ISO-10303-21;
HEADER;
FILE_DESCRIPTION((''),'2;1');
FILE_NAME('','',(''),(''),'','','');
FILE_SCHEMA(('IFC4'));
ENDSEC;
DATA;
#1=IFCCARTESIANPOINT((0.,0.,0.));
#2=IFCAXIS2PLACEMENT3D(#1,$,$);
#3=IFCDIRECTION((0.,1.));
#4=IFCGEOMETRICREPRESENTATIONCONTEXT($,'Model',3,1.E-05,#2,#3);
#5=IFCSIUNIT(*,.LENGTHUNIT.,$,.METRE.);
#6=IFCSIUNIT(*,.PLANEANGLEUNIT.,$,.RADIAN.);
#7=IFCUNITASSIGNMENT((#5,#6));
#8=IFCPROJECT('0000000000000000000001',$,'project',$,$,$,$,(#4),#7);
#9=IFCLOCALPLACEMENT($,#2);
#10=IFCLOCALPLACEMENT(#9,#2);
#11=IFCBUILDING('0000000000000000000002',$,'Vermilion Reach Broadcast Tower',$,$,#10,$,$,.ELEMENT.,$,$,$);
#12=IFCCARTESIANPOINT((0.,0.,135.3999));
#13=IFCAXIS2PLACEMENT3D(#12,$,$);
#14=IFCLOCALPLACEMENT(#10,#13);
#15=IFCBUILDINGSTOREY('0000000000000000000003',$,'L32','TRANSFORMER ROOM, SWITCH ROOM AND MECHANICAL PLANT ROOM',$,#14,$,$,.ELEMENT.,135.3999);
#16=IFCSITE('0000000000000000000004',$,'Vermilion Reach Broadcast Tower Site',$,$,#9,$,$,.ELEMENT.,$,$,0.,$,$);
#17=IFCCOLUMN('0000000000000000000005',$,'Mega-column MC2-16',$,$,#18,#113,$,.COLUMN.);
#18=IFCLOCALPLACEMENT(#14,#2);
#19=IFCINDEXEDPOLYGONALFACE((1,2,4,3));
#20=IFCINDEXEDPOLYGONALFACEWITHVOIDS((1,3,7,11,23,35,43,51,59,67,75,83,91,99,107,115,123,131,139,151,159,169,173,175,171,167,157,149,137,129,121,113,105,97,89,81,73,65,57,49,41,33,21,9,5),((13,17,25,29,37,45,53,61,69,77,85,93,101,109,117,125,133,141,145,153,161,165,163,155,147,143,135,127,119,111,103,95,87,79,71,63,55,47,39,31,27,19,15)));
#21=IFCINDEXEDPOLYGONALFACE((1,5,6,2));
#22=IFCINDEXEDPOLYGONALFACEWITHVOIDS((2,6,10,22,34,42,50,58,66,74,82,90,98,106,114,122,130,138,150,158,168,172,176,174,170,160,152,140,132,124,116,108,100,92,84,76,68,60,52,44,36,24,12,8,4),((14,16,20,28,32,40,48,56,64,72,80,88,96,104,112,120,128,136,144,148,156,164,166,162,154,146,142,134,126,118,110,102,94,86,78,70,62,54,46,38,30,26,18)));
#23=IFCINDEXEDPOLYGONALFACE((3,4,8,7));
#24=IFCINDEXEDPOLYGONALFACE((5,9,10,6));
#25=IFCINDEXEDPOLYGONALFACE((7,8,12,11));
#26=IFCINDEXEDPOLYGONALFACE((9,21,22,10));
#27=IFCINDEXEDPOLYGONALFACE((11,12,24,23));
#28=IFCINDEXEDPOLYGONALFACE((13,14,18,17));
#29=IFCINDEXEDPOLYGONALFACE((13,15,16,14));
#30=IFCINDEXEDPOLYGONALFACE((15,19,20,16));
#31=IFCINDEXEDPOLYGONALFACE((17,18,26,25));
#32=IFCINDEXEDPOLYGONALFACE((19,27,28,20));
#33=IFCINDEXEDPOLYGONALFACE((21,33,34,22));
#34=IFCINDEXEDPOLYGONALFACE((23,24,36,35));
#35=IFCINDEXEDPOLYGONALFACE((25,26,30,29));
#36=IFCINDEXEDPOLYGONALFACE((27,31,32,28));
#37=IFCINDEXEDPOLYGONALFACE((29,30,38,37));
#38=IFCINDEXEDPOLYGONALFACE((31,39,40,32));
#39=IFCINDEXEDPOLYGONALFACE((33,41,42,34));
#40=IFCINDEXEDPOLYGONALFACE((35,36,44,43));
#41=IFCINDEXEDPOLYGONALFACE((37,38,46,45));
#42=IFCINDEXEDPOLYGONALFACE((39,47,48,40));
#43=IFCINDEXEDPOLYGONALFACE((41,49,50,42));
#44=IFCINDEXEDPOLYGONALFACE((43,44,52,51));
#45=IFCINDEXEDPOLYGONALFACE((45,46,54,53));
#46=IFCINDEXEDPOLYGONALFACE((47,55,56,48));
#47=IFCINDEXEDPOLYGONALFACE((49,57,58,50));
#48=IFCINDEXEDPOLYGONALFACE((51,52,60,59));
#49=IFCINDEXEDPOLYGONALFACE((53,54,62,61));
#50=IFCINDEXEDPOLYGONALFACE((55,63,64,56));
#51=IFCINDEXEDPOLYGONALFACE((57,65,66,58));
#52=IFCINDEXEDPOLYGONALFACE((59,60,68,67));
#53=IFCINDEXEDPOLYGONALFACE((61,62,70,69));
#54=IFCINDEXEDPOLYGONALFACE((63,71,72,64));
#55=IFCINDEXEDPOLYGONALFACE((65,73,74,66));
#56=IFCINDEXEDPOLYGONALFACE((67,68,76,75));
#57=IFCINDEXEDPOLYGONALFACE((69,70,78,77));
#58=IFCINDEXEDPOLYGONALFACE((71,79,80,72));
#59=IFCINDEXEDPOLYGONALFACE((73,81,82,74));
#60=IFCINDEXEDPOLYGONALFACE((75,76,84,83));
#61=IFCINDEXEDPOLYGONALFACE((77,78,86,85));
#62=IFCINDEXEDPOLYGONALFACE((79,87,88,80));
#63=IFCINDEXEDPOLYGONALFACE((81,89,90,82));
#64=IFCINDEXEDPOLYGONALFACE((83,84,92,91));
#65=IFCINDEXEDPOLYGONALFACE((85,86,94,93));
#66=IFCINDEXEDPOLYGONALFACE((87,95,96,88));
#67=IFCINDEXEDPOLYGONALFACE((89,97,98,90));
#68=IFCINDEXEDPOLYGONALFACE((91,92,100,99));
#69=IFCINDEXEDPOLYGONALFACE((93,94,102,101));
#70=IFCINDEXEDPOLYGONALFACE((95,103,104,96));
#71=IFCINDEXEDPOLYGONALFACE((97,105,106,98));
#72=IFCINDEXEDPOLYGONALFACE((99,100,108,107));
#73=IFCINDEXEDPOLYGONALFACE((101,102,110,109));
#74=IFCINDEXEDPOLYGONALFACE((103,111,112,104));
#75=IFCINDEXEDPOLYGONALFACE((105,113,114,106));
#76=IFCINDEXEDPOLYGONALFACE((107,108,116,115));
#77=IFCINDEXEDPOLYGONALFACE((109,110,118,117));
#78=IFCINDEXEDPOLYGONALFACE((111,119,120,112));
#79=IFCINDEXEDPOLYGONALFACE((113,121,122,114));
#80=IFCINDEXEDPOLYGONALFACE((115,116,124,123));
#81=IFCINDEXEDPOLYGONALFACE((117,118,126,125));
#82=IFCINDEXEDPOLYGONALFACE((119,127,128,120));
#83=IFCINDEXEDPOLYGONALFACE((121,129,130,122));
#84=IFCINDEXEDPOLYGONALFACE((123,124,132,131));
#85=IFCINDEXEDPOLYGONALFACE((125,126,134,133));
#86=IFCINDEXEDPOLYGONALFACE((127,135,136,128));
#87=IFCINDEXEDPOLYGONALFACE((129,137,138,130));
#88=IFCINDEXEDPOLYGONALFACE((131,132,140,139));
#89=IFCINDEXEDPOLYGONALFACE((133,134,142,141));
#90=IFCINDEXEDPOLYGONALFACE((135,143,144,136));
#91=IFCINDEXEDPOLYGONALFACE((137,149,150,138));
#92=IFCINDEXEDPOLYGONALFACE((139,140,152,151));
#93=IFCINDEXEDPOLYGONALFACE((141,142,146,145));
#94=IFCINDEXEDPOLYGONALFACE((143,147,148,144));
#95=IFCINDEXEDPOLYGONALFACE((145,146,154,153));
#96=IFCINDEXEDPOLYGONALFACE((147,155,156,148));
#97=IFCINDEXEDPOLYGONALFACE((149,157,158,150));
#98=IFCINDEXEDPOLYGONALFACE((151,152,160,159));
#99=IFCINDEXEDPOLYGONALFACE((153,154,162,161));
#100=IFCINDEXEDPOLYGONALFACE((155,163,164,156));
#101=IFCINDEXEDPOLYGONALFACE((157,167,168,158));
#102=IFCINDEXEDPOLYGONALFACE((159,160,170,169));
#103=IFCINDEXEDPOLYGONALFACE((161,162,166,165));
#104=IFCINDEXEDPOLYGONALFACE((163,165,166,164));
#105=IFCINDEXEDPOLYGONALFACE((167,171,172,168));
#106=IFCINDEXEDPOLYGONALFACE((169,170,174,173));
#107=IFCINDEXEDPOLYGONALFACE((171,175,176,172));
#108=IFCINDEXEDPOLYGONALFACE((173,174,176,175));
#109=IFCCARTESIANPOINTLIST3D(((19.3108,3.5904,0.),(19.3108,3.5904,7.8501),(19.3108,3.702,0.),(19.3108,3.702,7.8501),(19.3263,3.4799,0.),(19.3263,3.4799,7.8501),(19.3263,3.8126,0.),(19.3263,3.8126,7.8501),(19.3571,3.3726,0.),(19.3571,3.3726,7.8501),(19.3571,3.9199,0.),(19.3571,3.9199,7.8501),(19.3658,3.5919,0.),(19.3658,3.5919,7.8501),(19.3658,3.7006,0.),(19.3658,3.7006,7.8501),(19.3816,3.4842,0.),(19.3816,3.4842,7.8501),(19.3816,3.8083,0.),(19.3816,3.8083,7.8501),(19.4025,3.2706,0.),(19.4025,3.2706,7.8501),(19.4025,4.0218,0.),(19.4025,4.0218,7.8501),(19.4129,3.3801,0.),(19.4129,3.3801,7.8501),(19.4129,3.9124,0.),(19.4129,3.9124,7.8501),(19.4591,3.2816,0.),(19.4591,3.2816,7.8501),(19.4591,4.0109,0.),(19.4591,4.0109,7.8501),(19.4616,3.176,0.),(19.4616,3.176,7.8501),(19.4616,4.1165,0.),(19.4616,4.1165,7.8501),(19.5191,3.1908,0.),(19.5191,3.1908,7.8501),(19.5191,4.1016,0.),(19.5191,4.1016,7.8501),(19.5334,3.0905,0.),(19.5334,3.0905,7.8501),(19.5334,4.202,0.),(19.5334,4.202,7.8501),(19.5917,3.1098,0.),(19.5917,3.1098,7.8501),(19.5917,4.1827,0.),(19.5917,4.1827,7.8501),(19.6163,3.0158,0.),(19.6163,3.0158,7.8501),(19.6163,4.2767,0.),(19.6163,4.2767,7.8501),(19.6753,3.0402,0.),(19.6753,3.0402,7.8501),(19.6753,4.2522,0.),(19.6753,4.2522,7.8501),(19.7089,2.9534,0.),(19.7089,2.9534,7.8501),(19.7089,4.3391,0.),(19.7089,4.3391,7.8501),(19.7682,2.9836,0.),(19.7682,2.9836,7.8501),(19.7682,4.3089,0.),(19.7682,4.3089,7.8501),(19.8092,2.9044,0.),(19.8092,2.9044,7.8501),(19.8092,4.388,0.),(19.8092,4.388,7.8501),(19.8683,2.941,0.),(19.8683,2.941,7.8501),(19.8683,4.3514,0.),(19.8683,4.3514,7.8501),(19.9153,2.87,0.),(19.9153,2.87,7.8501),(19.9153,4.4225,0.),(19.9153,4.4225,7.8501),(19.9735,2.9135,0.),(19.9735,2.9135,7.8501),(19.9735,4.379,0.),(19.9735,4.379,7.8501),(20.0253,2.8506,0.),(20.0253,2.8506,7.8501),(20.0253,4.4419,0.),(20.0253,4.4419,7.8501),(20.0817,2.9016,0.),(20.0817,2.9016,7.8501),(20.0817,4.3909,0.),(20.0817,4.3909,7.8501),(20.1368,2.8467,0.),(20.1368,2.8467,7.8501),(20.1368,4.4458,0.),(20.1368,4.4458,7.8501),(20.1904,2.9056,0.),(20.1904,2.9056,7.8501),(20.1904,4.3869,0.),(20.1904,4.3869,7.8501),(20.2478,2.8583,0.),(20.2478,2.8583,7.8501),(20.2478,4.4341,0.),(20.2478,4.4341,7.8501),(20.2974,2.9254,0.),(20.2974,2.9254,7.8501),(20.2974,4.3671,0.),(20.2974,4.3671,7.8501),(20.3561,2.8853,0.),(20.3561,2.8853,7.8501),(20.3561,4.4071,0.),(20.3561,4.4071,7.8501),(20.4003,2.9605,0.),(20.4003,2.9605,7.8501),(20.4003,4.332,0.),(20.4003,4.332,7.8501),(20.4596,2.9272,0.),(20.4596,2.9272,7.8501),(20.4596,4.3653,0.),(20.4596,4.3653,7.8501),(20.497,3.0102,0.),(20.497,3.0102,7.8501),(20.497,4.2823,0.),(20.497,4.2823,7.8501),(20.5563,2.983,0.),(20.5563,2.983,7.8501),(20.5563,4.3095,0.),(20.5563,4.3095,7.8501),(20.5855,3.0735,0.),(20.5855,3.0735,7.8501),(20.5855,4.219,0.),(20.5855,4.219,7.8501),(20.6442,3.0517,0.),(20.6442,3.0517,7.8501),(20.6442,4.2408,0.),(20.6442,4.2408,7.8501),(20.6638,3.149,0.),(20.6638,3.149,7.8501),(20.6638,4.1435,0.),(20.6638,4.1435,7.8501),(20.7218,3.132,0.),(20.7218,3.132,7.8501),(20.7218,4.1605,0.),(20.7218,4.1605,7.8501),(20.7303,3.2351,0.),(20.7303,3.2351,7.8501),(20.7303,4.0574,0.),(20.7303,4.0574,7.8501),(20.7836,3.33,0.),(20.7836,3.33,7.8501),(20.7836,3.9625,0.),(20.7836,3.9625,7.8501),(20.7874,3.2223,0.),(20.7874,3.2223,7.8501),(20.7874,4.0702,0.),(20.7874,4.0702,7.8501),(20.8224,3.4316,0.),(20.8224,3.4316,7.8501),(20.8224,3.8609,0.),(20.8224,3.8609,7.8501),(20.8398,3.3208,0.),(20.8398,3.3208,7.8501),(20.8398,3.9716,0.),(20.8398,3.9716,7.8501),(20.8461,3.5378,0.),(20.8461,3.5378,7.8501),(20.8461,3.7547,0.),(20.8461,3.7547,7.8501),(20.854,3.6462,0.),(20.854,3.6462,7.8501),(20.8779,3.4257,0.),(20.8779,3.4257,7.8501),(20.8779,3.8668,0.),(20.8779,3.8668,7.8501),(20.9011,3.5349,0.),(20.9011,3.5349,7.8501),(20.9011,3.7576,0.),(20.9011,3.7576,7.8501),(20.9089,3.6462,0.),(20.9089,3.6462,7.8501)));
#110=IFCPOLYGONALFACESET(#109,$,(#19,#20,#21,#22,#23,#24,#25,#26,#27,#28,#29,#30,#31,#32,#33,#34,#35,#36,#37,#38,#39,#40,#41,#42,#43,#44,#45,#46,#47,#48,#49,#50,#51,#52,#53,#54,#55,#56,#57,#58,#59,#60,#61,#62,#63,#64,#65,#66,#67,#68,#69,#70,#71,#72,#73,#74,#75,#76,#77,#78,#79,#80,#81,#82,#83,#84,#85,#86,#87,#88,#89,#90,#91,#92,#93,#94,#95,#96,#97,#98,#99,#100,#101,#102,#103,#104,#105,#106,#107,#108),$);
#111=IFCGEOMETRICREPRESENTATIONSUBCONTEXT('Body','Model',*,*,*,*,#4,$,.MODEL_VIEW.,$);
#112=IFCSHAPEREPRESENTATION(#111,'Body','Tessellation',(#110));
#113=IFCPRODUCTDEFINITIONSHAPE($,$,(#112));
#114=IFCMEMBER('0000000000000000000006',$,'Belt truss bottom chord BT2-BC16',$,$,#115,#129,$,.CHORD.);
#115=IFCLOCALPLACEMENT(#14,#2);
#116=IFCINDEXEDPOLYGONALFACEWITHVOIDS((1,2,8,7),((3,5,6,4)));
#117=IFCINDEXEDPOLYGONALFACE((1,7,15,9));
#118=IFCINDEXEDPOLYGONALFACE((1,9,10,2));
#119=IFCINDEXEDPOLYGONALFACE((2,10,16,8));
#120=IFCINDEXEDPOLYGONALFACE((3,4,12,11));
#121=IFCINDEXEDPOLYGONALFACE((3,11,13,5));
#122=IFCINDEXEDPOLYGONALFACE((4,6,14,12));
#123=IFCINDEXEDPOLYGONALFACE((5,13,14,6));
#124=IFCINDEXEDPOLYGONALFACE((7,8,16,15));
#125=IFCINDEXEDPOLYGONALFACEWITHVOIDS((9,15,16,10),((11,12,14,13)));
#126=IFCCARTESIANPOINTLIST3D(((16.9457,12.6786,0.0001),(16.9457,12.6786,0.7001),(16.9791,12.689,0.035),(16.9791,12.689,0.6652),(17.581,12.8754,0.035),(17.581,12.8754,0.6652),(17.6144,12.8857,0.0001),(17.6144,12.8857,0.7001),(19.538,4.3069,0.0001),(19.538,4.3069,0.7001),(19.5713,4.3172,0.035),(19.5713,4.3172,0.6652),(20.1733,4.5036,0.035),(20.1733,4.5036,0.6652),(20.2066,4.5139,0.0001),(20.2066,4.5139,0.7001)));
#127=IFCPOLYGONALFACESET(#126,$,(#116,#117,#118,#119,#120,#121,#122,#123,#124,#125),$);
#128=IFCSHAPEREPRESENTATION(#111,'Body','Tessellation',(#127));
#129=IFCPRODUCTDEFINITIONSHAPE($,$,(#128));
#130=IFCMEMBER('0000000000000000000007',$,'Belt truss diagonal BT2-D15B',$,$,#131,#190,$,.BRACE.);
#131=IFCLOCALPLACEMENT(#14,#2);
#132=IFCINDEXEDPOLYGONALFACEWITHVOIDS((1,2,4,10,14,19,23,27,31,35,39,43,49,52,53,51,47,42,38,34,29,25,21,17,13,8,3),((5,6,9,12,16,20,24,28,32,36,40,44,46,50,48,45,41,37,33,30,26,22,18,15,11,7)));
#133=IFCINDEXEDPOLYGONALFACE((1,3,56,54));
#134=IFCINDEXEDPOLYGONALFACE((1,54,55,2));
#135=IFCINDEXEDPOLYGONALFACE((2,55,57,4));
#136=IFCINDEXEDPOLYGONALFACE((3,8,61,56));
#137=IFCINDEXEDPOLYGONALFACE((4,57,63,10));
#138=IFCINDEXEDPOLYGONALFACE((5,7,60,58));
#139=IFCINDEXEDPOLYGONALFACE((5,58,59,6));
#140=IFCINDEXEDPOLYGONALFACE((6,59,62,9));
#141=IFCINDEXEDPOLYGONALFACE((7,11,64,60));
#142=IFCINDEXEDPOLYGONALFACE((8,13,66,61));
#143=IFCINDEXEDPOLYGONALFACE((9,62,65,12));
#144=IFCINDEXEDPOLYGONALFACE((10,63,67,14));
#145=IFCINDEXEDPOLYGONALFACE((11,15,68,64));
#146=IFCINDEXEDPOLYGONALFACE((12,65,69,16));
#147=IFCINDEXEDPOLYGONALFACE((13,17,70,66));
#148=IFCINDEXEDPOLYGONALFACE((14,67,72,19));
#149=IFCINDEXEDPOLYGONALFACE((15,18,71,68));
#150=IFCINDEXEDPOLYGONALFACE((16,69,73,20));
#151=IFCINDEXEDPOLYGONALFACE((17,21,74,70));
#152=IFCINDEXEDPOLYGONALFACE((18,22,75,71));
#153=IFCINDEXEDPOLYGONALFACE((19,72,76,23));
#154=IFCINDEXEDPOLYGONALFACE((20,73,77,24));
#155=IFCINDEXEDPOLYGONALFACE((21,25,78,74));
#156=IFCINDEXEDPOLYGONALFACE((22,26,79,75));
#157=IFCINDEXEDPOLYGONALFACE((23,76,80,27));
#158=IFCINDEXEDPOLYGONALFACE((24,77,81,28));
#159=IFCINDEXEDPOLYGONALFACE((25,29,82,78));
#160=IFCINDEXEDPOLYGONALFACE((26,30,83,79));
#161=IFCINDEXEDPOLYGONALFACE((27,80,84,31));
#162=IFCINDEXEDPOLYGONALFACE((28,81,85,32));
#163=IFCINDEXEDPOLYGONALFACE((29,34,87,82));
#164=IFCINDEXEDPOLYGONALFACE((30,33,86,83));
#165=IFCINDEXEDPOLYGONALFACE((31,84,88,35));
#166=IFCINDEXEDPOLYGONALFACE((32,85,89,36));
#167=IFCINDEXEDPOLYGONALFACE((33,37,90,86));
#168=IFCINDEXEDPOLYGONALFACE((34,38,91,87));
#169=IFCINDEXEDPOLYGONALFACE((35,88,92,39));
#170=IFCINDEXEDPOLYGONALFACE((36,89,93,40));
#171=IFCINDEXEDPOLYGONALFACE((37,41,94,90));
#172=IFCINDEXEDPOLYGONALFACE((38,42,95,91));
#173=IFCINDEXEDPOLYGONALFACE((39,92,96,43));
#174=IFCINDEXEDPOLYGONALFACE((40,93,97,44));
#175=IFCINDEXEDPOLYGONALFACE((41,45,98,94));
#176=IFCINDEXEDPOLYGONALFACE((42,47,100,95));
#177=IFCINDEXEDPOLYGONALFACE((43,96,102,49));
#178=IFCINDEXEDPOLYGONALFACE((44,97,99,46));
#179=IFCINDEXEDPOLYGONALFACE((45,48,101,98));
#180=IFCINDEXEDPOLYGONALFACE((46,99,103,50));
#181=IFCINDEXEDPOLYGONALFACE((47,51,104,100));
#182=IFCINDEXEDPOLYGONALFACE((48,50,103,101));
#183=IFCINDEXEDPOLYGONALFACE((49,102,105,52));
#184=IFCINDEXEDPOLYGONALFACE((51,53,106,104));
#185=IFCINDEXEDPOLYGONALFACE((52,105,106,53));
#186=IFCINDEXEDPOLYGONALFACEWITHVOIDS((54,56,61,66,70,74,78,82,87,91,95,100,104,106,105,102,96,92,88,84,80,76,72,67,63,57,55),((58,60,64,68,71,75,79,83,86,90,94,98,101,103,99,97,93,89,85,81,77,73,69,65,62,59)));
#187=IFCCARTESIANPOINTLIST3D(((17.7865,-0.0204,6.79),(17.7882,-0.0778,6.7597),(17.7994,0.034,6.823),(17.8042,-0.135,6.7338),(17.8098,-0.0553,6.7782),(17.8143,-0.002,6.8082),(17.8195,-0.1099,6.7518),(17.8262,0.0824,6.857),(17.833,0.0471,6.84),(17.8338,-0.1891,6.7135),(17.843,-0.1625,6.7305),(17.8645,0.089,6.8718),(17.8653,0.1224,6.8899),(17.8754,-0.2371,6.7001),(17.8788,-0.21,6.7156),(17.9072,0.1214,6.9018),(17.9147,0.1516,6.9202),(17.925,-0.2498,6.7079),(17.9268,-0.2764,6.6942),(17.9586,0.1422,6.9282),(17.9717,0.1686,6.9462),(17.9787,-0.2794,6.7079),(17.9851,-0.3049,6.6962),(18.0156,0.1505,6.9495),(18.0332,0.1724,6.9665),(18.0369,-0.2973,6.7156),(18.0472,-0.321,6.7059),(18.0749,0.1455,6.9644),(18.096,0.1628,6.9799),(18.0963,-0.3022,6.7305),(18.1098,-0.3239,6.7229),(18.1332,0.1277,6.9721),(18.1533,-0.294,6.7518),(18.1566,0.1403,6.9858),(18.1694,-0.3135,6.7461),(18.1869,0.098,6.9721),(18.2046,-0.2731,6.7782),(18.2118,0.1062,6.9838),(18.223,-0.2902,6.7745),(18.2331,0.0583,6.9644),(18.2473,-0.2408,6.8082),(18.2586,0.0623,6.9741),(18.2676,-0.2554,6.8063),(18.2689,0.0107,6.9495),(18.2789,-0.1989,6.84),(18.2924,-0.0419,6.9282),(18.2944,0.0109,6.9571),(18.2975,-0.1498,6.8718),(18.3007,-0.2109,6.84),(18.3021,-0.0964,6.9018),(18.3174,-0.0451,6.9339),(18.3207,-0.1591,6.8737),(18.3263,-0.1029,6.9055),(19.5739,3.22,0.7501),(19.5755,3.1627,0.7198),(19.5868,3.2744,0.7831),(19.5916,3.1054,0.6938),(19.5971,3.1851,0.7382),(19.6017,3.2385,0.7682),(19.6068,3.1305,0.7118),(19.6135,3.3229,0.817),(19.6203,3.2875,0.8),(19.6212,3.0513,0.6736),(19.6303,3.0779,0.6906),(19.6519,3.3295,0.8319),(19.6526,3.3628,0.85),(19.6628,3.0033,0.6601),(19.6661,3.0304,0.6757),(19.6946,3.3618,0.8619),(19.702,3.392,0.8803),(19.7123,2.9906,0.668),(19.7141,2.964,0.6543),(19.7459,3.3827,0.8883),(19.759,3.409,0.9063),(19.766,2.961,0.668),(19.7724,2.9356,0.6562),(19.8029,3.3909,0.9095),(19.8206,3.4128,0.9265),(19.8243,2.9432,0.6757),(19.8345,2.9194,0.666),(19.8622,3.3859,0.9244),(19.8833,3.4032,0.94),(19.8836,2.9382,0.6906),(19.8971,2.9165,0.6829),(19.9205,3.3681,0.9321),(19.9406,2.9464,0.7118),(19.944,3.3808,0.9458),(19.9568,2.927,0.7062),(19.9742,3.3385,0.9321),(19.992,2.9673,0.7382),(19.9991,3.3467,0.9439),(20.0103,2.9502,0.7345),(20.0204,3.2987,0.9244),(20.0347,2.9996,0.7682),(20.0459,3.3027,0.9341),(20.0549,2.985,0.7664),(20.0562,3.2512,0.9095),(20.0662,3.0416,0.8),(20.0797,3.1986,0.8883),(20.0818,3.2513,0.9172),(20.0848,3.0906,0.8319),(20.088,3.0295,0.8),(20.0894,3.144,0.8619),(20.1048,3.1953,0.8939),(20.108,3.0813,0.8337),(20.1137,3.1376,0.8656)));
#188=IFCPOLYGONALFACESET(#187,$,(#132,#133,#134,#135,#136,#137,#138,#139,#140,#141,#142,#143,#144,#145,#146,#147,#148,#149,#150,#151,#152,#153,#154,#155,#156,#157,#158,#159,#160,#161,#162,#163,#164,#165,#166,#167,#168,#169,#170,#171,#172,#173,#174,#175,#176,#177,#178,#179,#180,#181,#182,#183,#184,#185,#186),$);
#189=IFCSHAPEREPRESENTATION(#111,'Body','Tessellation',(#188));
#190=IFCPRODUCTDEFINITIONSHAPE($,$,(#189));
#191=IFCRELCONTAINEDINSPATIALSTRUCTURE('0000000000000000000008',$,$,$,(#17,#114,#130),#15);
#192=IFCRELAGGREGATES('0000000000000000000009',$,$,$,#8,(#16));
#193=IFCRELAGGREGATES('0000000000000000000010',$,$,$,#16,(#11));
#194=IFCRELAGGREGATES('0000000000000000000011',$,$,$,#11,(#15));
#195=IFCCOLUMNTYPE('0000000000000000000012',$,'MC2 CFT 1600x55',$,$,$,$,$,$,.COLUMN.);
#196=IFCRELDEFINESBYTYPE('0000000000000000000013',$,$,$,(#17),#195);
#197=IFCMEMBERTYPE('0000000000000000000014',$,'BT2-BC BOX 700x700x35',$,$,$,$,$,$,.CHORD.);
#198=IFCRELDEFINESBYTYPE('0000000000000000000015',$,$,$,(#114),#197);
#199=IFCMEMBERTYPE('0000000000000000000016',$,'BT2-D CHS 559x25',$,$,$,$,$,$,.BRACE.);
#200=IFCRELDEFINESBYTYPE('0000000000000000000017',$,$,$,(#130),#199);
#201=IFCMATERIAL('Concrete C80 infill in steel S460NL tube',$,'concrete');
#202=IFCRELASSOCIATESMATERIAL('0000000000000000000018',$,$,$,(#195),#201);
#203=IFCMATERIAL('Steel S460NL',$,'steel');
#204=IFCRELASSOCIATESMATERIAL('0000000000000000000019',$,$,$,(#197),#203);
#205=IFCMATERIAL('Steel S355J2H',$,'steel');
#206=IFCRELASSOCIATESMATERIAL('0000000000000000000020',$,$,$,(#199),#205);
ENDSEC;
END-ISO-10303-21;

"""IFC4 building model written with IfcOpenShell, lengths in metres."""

from ifc_helpers import new_model, si_unit, direction, frame, origin, origin_2d, place, context, subcontext, project, spatial, hollow_rectangle, hollow_circle, extrude, material, material_profile, profile_set, type_object, element, save


model = new_model("IFC4")

# Units and contexts
model_context = context("Model", 3, precision=1e-05, world=origin(), true_north=direction((0.0, 1.0)))
body_context = subcontext(model_context, "Body", "Model", "MODEL_VIEW")
ifc_project = project(units=[si_unit("LENGTHUNIT", "METRE"), si_unit("PLANEANGLEUNIT", "RADIAN")], contexts=[model_context])

# Site, building, storey
site_placement = place(None, origin())
site = spatial("IfcSite", under=ifc_project, at=site_placement, Name="Vermilion Reach Broadcast Tower Site", CompositionType="ELEMENT", RefElevation=0.0)
building_placement = place(site_placement, origin())
building = spatial("IfcBuilding", under=site, at=building_placement, Name="Vermilion Reach Broadcast Tower", CompositionType="ELEMENT")
storey_placement = place(building_placement, frame((0.0, 0.0, 135.3999)))
storey = spatial("IfcBuildingStorey", under=building, at=storey_placement, Name="L32", Description="TRANSFORMER ROOM, SWITCH ROOM AND MECHANICAL PLANT ROOM", CompositionType="ELEMENT", Elevation=135.3999)

# Column
ifc_material_1 = material(Name="Concrete C80 infill in steel S460NL tube", Category="concrete")
ifc_material_profile_1 = material_profile(ifc_material_1, hollow_circle(Radius=0.8, WallThickness=0.0549, at=origin_2d()), Name="Concrete C80 infill in steel S460NL tube CFT 1600x55")
ifc_profile_set_1 = profile_set([ifc_material_profile_1], Name="Concrete C80 infill in steel S460NL tube")
column_type = type_object("IfcColumnType", Name="MC2 CFT 1600x55", PredefinedType="COLUMN", material=ifc_profile_set_1)
column_placement = place(storey_placement, frame((20.1089, 3.6462, 0.0), z_axis=(0.0, 0.0, 1.0), x_axis=(1.0, 0.0, 0.0)))
element("IfcColumn", 1, at=column_placement, inside=storey, type_object=column_type, Name="Mega-column MC2-16", PredefinedType="COLUMN", context=body_context, shape_type="SweptSolid", body=[
    extrude(hollow_circle(Radius=0.8, WallThickness=0.0549, at=origin_2d()), origin(), (0.0, 0.0, 1.0), 7.8501),
])

# Members
ifc_material_2 = material(Name="Steel S460NL", Category="steel")
ifc_material_profile_2 = material_profile(ifc_material_2, hollow_rectangle(XDim=0.7, YDim=0.7, WallThickness=0.0349, at=origin_2d()), Name="S460NL BOX 700x700x35")
ifc_profile_set_2 = profile_set([ifc_material_profile_2], Name="Steel S460NL")
member_type_1 = type_object("IfcMemberType", Name="BT2-BC BOX 700x700x35", PredefinedType="CHORD", material=ifc_profile_set_2)
member_1_placement = place(storey_placement, frame((19.8723, 4.4104, 0.3501), z_axis=(-0.295788, 0.955253, 0.0), x_axis=(-0.955253, -0.295788, 0.0)))
element("IfcMember", 2, at=member_1_placement, inside=storey, type_object=member_type_1, Name="Belt truss bottom chord BT2-BC16", PredefinedType="CHORD", context=body_context, shape_type="SweptSolid", body=[
    extrude(hollow_rectangle(XDim=0.7, YDim=0.7, WallThickness=0.0349, at=origin_2d()), origin(), (0.0, 0.0, 1.0), 8.7639),
])
ifc_material_3 = material(Name="Steel S355J2H", Category="steel")
ifc_material_profile_3 = material_profile(ifc_material_3, hollow_circle(Radius=0.2795, WallThickness=0.0249, at=origin_2d()), Name="S355J2H CHS 559x25")
ifc_profile_set_3 = profile_set([ifc_material_profile_3], Name="Steel S355J2H")
member_type_2 = type_object("IfcMemberType", Name="BT2-D CHS 559x25", PredefinedType="BRACE", material=ifc_profile_set_3)
member_2_placement = place(storey_placement, frame((19.8433, 3.1646, 0.8), z_axis=(-0.252323, -0.457462, 0.852679), x_axis=(0.875634, -0.482974, 0.0)))
element("IfcMember", 3, at=member_2_placement, inside=storey, type_object=member_type_2, Name="Belt truss diagonal BT2-D15B", PredefinedType="BRACE", context=body_context, shape_type="SweptSolid", body=[
    extrude(hollow_circle(Radius=0.2795, WallThickness=0.0249, at=origin_2d()), origin(), (0.0, 0.0, 1.0), 7.0835),
])

save(model, "model.ifc")
